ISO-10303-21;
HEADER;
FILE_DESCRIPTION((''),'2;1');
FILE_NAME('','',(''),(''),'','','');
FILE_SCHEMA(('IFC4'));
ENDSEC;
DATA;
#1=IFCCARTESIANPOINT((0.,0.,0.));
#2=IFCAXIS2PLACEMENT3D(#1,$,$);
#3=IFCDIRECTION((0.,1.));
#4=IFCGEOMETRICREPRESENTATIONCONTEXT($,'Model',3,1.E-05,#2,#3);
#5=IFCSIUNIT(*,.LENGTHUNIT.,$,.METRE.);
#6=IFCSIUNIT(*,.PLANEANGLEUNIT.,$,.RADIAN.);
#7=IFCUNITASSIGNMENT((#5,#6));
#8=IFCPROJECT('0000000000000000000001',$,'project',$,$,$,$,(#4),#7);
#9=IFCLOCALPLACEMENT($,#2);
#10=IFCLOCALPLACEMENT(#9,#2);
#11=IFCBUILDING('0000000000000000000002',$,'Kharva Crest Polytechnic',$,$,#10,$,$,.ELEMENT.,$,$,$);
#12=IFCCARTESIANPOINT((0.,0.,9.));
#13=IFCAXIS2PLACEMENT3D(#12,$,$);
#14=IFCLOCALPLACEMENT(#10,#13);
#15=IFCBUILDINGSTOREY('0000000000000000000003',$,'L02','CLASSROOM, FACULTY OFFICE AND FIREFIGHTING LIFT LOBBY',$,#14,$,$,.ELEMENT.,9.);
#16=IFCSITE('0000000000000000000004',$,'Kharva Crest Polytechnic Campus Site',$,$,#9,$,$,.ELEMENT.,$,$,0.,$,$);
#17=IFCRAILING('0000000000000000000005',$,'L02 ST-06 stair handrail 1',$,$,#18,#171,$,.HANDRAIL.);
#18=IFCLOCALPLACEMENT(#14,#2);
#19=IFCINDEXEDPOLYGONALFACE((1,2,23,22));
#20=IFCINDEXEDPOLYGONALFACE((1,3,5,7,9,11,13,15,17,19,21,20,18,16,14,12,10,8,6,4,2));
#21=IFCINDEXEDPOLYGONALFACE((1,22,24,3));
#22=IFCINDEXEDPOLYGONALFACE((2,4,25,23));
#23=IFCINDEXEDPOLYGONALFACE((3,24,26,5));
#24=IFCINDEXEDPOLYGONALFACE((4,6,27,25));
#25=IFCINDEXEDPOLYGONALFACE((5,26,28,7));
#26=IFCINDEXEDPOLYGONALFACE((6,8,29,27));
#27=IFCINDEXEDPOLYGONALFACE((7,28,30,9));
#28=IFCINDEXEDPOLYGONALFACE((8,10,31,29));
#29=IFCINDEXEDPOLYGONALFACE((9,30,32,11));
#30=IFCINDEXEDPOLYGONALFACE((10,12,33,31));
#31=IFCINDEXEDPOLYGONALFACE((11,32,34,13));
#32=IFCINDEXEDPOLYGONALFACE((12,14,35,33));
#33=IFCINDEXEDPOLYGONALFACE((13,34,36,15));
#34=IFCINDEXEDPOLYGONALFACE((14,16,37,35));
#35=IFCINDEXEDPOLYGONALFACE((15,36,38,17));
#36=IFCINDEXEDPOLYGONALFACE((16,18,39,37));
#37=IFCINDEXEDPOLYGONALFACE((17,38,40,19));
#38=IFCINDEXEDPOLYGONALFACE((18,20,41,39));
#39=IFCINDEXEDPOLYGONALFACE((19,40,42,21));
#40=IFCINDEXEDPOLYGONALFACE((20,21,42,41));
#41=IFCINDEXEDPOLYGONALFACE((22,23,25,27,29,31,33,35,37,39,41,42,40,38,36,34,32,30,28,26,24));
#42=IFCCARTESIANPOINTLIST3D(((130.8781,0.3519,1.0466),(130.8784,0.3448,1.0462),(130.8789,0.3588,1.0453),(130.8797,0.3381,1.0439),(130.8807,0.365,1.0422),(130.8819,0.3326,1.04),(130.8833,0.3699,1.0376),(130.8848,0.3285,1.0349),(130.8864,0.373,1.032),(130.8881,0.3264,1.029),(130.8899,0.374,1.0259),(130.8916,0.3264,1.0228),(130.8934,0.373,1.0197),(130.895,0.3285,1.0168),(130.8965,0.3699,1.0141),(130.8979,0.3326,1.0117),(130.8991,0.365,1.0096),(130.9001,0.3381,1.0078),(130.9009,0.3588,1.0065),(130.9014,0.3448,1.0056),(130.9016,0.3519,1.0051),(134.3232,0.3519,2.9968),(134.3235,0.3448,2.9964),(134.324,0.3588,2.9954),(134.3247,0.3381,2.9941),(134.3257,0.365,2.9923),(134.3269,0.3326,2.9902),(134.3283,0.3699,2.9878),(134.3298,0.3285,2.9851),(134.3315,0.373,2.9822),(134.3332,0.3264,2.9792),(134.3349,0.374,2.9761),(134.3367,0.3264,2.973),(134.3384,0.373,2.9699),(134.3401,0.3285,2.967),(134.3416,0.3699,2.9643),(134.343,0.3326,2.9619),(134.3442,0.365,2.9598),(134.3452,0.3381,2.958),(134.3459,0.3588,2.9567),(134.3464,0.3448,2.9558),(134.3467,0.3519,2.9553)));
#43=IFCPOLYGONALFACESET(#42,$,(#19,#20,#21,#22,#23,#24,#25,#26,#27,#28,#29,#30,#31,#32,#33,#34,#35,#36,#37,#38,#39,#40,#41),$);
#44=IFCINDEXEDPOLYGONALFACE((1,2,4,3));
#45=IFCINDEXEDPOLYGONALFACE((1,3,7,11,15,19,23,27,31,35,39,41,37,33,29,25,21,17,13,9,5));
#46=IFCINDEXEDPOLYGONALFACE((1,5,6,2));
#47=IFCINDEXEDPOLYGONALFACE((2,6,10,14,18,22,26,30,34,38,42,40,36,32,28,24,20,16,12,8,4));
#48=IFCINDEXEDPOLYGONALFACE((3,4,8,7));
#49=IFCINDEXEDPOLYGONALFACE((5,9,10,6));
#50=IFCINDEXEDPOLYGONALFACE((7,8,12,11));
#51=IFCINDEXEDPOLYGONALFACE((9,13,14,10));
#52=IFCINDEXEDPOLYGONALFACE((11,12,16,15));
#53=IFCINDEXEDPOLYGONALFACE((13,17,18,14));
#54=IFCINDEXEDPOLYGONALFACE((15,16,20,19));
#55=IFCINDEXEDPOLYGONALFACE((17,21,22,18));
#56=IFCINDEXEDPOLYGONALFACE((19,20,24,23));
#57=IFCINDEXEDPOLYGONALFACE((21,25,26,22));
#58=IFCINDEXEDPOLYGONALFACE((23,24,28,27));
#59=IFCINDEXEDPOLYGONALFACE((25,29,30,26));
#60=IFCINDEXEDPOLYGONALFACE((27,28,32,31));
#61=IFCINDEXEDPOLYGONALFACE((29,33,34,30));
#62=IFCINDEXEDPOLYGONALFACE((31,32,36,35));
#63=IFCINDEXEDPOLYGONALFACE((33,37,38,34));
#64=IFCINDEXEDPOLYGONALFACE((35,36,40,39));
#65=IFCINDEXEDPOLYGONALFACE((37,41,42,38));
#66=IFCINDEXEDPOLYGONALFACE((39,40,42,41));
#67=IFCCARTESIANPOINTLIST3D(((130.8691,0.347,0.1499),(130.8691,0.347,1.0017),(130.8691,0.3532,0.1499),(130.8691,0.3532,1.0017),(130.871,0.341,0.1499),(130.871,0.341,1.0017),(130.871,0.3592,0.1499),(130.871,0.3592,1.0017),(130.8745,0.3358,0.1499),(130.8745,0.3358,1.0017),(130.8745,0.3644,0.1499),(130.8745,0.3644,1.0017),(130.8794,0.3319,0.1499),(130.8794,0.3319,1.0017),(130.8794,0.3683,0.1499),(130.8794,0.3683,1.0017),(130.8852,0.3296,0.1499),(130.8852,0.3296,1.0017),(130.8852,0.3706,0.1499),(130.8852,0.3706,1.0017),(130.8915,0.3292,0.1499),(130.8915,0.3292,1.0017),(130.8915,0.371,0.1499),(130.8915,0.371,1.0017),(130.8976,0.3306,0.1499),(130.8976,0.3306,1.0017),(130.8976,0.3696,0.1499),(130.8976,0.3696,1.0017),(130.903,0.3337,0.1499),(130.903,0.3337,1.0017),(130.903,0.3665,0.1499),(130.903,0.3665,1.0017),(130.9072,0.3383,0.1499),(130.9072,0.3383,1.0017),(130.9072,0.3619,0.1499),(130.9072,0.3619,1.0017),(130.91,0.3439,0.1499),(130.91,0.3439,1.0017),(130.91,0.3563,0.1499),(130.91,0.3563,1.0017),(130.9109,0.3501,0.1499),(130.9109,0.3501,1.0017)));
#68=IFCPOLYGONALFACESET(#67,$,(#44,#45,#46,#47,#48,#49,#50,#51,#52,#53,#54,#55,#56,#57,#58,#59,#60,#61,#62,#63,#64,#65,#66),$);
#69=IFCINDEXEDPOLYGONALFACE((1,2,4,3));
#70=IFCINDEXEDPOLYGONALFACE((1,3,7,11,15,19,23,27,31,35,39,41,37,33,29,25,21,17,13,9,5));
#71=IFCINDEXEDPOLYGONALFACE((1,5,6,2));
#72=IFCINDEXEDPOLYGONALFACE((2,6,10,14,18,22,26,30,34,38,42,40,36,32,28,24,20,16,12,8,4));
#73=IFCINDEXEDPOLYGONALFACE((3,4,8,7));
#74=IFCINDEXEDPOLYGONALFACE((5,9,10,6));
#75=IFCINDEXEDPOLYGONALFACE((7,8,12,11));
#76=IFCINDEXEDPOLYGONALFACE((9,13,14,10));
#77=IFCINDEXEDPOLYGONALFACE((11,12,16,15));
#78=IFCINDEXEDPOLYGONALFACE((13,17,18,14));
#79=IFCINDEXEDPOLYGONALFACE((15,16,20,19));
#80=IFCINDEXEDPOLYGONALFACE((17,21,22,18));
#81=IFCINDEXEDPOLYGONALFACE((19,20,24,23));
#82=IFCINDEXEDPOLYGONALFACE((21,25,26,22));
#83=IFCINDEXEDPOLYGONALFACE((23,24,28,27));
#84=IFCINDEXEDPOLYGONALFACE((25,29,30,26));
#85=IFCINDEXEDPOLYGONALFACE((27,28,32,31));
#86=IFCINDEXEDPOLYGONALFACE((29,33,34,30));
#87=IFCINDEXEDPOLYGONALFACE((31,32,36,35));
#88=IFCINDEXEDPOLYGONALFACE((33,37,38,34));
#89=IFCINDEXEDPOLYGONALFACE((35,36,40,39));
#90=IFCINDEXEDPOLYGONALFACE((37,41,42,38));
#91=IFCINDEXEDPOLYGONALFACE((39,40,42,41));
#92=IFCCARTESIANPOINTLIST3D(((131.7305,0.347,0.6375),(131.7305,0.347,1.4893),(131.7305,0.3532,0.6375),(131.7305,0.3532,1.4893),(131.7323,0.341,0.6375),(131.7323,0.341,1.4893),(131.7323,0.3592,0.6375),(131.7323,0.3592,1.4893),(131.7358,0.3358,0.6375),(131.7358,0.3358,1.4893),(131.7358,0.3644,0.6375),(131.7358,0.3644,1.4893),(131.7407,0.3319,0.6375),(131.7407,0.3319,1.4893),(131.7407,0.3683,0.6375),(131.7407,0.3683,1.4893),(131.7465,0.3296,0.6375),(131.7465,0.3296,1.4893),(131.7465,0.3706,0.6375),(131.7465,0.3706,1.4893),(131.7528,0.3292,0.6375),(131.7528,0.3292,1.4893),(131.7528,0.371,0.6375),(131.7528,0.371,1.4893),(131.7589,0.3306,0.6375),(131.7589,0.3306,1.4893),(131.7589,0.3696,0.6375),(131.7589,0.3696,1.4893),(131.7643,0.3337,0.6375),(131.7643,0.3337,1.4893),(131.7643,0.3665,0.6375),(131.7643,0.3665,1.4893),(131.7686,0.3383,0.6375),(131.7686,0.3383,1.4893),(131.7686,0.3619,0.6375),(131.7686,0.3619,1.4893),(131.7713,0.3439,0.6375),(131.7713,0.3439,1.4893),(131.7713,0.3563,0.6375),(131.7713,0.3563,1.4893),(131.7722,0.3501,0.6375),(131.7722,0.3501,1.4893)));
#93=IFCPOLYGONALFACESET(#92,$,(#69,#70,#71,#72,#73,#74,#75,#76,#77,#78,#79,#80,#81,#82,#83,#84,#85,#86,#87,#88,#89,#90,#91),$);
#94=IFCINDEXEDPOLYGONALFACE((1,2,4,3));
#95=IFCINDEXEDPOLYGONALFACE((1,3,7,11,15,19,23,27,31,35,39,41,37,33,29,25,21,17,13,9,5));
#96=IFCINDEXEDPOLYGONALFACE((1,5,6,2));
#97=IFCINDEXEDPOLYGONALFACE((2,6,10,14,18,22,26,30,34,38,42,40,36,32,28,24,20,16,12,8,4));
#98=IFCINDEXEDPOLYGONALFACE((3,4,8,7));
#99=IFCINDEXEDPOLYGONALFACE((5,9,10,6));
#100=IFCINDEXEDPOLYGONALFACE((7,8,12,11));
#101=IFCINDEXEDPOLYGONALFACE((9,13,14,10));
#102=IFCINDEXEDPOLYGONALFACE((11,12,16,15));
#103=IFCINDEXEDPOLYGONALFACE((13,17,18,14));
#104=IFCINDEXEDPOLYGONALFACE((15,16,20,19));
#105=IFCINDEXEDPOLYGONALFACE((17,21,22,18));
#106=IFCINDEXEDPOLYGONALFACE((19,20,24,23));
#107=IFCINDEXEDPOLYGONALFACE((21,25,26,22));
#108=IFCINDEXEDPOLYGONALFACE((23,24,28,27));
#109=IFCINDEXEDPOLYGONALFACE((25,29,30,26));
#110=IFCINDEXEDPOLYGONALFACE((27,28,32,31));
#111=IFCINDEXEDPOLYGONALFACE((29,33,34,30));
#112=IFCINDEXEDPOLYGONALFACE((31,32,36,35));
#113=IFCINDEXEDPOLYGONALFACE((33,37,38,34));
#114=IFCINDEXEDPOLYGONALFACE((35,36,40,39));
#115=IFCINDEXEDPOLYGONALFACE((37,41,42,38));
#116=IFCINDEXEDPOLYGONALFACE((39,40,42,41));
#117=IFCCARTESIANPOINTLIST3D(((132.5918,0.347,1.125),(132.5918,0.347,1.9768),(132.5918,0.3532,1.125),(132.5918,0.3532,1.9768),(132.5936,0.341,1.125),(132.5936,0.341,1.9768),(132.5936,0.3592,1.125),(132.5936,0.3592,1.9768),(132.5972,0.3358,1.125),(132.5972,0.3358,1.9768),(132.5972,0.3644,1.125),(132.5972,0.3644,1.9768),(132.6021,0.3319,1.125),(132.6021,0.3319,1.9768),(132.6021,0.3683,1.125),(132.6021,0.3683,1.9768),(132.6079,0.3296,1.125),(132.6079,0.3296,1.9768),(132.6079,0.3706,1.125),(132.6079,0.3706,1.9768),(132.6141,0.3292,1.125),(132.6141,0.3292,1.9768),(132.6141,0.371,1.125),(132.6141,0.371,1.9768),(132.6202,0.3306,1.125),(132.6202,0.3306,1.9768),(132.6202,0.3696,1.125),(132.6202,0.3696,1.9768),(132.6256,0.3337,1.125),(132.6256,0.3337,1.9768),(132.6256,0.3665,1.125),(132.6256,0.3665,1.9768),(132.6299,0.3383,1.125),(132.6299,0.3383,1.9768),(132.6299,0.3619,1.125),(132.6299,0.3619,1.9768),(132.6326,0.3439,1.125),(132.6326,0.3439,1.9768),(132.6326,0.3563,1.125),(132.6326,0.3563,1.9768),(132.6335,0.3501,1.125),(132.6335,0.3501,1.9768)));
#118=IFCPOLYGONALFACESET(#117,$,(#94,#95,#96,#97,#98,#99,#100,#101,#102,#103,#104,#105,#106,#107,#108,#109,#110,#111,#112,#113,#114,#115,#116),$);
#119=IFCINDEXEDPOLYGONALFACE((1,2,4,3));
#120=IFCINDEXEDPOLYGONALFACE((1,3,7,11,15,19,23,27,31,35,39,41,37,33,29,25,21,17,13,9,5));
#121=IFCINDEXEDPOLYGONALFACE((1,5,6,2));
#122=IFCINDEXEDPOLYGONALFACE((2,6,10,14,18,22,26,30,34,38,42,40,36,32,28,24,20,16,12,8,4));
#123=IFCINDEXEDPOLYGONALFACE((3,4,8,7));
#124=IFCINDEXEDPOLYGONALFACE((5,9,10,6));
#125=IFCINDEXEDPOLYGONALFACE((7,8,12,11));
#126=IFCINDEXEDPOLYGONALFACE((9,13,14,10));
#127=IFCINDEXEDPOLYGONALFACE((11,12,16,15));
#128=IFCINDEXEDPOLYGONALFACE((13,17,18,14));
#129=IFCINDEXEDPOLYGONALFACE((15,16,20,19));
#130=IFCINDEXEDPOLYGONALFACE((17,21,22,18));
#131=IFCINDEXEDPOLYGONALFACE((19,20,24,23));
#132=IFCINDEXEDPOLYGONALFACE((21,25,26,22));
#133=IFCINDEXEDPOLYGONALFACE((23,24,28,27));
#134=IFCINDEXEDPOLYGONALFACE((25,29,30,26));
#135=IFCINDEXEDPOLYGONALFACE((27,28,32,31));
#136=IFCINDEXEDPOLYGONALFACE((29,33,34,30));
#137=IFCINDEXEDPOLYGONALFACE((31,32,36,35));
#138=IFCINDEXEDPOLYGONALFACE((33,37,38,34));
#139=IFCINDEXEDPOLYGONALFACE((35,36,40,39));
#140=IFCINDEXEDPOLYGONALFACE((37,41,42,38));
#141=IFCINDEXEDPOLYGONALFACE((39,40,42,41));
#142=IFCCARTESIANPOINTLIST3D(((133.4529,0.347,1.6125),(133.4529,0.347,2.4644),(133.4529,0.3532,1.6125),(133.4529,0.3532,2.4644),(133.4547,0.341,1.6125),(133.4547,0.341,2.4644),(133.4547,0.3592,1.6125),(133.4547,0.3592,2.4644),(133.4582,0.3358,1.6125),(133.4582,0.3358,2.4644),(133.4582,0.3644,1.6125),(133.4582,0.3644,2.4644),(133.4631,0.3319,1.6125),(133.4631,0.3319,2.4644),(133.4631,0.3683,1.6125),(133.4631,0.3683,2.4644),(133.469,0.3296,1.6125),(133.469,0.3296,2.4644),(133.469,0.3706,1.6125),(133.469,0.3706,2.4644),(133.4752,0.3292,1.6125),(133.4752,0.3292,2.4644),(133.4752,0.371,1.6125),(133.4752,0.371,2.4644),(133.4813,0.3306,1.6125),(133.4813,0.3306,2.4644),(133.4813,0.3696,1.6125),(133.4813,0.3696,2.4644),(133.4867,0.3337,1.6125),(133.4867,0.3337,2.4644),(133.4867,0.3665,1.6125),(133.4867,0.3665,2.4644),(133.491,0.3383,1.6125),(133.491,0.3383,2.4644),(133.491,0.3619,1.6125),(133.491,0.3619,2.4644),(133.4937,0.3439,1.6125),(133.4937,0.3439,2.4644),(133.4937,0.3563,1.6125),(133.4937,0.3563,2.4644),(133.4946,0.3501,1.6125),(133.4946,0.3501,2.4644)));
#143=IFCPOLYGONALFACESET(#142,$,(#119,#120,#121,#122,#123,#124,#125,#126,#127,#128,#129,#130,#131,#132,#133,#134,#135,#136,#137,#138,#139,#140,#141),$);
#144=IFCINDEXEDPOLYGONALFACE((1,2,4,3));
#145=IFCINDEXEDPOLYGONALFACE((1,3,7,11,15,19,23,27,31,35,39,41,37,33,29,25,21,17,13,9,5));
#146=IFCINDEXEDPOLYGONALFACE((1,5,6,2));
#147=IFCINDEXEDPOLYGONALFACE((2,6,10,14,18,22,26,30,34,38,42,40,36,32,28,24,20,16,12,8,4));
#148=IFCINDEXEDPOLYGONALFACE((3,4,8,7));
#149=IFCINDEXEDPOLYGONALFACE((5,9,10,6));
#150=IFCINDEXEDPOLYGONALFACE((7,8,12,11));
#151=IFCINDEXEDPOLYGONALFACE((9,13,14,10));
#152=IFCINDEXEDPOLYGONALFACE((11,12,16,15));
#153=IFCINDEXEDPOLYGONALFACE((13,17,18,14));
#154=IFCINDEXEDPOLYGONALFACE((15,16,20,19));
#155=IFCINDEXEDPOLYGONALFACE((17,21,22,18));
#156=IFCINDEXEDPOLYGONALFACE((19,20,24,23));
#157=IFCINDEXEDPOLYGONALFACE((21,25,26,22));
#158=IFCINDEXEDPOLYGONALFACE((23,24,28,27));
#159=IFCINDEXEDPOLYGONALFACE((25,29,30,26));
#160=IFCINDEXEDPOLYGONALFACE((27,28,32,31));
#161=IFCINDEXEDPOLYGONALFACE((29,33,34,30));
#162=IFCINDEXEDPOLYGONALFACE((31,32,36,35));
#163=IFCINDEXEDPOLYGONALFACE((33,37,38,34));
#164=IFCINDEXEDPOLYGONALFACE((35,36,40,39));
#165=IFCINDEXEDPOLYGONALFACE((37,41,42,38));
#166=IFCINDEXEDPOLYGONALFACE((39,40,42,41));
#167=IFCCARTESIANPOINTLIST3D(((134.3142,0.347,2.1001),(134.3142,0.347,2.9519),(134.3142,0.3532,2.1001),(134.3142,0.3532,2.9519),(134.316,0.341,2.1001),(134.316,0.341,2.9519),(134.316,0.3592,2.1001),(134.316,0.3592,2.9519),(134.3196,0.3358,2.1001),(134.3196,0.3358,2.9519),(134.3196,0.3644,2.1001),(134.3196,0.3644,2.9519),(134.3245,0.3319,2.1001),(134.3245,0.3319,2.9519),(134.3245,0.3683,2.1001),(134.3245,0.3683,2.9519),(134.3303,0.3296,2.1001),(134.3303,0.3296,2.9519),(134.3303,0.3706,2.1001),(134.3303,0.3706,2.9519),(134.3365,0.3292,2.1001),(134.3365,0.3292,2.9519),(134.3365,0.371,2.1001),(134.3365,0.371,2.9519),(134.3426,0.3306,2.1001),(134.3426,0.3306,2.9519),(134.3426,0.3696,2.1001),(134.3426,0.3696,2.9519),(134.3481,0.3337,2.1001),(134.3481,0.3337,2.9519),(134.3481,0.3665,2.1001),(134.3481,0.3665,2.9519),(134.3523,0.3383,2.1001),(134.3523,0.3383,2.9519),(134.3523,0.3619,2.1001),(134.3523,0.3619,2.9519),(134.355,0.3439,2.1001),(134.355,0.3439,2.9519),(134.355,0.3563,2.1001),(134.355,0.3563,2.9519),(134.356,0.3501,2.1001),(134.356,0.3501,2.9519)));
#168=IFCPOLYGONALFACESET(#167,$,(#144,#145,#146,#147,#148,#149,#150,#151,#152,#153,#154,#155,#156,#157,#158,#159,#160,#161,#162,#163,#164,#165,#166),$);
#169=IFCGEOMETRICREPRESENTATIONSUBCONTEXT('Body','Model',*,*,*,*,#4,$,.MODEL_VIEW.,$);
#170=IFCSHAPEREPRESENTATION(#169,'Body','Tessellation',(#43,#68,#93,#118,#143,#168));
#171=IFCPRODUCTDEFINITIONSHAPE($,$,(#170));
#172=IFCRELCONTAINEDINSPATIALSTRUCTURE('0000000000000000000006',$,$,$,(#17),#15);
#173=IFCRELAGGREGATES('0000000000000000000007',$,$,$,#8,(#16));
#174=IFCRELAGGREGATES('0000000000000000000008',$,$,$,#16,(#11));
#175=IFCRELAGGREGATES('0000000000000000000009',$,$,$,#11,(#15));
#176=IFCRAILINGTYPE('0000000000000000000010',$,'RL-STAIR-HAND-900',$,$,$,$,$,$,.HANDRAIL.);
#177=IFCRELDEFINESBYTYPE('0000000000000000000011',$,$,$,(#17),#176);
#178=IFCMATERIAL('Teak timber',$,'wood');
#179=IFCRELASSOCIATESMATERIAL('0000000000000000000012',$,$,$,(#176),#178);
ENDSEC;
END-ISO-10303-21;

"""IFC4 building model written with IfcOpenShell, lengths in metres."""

from ifc_helpers import new_model, si_unit, direction, frame, origin, origin_2d, place, context, subcontext, project, spatial, circle, extrude, material, type_object, element, save


model = new_model("IFC4")

# Units and contexts
model_context = context("Model", 3, precision=1e-05, world=origin(), true_north=direction((0.0, 1.0)))
body_context = subcontext(model_context, "Body", "Model", "MODEL_VIEW")
ifc_project = project(units=[si_unit("LENGTHUNIT", "METRE"), si_unit("PLANEANGLEUNIT", "RADIAN")], contexts=[model_context])

# Site, building, storey
site_placement = place(None, origin())
site = spatial("IfcSite", under=ifc_project, at=site_placement, Name="Kharva Crest Polytechnic Campus Site", CompositionType="ELEMENT", RefElevation=0.0)
building_placement = place(site_placement, origin())
building = spatial("IfcBuilding", under=site, at=building_placement, Name="Kharva Crest Polytechnic", CompositionType="ELEMENT")
storey_placement = place(building_placement, frame((0.0, 0.0, 9.0)))
storey = spatial("IfcBuildingStorey", under=building, at=storey_placement, Name="L02", Description="CLASSROOM, FACULTY OFFICE AND FIREFIGHTING LIFT LOBBY", CompositionType="ELEMENT", Elevation=9.0)

# Railing
ifc_material_1 = material(Name="Teak timber", Category="wood")
railing_type_1 = type_object("IfcRailingType", Name="RL-STAIR-HAND-900", PredefinedType="HANDRAIL", material=ifc_material_1)
railing_1_placement = place(storey_placement, frame((130.8899, 0.3501, 0.1499)))
element("IfcRailing", 1, at=railing_1_placement, inside=storey, type_object=railing_type_1, Name="L02 ST-06 stair handrail 1", PredefinedType="HANDRAIL", context=body_context, shape_type="SweptSolid", body=[
    extrude(circle(Radius=0.0239, at=origin_2d()), frame((0.0, 0.0, 0.876), z_axis=(0.87024, 0.0, 0.492628), x_axis=(0.0, 1.0, 0.0)), (0.0, 0.0, 1.0), 3.9587),
    extrude(circle(Radius=0.021, at=origin_2d()), origin(), (0.0, 0.0, 1.0), 0.8518),
    extrude(circle(Radius=0.021, at=origin_2d()), frame((0.8613, 0.0, 0.4875)), (0.0, 0.0, 1.0), 0.8518),
    extrude(circle(Radius=0.021, at=origin_2d()), frame((1.7227, 0.0, 0.9751)), (0.0, 0.0, 1.0), 0.8518),
    extrude(circle(Radius=0.021, at=origin_2d()), frame((2.5837, 0.0, 1.4626)), (0.0, 0.0, 1.0), 0.8518),
    extrude(circle(Radius=0.021, at=origin_2d()), frame((3.4451, 0.0, 1.9502)), (0.0, 0.0, 1.0), 0.8518),
])

save(model, "model.ifc")
